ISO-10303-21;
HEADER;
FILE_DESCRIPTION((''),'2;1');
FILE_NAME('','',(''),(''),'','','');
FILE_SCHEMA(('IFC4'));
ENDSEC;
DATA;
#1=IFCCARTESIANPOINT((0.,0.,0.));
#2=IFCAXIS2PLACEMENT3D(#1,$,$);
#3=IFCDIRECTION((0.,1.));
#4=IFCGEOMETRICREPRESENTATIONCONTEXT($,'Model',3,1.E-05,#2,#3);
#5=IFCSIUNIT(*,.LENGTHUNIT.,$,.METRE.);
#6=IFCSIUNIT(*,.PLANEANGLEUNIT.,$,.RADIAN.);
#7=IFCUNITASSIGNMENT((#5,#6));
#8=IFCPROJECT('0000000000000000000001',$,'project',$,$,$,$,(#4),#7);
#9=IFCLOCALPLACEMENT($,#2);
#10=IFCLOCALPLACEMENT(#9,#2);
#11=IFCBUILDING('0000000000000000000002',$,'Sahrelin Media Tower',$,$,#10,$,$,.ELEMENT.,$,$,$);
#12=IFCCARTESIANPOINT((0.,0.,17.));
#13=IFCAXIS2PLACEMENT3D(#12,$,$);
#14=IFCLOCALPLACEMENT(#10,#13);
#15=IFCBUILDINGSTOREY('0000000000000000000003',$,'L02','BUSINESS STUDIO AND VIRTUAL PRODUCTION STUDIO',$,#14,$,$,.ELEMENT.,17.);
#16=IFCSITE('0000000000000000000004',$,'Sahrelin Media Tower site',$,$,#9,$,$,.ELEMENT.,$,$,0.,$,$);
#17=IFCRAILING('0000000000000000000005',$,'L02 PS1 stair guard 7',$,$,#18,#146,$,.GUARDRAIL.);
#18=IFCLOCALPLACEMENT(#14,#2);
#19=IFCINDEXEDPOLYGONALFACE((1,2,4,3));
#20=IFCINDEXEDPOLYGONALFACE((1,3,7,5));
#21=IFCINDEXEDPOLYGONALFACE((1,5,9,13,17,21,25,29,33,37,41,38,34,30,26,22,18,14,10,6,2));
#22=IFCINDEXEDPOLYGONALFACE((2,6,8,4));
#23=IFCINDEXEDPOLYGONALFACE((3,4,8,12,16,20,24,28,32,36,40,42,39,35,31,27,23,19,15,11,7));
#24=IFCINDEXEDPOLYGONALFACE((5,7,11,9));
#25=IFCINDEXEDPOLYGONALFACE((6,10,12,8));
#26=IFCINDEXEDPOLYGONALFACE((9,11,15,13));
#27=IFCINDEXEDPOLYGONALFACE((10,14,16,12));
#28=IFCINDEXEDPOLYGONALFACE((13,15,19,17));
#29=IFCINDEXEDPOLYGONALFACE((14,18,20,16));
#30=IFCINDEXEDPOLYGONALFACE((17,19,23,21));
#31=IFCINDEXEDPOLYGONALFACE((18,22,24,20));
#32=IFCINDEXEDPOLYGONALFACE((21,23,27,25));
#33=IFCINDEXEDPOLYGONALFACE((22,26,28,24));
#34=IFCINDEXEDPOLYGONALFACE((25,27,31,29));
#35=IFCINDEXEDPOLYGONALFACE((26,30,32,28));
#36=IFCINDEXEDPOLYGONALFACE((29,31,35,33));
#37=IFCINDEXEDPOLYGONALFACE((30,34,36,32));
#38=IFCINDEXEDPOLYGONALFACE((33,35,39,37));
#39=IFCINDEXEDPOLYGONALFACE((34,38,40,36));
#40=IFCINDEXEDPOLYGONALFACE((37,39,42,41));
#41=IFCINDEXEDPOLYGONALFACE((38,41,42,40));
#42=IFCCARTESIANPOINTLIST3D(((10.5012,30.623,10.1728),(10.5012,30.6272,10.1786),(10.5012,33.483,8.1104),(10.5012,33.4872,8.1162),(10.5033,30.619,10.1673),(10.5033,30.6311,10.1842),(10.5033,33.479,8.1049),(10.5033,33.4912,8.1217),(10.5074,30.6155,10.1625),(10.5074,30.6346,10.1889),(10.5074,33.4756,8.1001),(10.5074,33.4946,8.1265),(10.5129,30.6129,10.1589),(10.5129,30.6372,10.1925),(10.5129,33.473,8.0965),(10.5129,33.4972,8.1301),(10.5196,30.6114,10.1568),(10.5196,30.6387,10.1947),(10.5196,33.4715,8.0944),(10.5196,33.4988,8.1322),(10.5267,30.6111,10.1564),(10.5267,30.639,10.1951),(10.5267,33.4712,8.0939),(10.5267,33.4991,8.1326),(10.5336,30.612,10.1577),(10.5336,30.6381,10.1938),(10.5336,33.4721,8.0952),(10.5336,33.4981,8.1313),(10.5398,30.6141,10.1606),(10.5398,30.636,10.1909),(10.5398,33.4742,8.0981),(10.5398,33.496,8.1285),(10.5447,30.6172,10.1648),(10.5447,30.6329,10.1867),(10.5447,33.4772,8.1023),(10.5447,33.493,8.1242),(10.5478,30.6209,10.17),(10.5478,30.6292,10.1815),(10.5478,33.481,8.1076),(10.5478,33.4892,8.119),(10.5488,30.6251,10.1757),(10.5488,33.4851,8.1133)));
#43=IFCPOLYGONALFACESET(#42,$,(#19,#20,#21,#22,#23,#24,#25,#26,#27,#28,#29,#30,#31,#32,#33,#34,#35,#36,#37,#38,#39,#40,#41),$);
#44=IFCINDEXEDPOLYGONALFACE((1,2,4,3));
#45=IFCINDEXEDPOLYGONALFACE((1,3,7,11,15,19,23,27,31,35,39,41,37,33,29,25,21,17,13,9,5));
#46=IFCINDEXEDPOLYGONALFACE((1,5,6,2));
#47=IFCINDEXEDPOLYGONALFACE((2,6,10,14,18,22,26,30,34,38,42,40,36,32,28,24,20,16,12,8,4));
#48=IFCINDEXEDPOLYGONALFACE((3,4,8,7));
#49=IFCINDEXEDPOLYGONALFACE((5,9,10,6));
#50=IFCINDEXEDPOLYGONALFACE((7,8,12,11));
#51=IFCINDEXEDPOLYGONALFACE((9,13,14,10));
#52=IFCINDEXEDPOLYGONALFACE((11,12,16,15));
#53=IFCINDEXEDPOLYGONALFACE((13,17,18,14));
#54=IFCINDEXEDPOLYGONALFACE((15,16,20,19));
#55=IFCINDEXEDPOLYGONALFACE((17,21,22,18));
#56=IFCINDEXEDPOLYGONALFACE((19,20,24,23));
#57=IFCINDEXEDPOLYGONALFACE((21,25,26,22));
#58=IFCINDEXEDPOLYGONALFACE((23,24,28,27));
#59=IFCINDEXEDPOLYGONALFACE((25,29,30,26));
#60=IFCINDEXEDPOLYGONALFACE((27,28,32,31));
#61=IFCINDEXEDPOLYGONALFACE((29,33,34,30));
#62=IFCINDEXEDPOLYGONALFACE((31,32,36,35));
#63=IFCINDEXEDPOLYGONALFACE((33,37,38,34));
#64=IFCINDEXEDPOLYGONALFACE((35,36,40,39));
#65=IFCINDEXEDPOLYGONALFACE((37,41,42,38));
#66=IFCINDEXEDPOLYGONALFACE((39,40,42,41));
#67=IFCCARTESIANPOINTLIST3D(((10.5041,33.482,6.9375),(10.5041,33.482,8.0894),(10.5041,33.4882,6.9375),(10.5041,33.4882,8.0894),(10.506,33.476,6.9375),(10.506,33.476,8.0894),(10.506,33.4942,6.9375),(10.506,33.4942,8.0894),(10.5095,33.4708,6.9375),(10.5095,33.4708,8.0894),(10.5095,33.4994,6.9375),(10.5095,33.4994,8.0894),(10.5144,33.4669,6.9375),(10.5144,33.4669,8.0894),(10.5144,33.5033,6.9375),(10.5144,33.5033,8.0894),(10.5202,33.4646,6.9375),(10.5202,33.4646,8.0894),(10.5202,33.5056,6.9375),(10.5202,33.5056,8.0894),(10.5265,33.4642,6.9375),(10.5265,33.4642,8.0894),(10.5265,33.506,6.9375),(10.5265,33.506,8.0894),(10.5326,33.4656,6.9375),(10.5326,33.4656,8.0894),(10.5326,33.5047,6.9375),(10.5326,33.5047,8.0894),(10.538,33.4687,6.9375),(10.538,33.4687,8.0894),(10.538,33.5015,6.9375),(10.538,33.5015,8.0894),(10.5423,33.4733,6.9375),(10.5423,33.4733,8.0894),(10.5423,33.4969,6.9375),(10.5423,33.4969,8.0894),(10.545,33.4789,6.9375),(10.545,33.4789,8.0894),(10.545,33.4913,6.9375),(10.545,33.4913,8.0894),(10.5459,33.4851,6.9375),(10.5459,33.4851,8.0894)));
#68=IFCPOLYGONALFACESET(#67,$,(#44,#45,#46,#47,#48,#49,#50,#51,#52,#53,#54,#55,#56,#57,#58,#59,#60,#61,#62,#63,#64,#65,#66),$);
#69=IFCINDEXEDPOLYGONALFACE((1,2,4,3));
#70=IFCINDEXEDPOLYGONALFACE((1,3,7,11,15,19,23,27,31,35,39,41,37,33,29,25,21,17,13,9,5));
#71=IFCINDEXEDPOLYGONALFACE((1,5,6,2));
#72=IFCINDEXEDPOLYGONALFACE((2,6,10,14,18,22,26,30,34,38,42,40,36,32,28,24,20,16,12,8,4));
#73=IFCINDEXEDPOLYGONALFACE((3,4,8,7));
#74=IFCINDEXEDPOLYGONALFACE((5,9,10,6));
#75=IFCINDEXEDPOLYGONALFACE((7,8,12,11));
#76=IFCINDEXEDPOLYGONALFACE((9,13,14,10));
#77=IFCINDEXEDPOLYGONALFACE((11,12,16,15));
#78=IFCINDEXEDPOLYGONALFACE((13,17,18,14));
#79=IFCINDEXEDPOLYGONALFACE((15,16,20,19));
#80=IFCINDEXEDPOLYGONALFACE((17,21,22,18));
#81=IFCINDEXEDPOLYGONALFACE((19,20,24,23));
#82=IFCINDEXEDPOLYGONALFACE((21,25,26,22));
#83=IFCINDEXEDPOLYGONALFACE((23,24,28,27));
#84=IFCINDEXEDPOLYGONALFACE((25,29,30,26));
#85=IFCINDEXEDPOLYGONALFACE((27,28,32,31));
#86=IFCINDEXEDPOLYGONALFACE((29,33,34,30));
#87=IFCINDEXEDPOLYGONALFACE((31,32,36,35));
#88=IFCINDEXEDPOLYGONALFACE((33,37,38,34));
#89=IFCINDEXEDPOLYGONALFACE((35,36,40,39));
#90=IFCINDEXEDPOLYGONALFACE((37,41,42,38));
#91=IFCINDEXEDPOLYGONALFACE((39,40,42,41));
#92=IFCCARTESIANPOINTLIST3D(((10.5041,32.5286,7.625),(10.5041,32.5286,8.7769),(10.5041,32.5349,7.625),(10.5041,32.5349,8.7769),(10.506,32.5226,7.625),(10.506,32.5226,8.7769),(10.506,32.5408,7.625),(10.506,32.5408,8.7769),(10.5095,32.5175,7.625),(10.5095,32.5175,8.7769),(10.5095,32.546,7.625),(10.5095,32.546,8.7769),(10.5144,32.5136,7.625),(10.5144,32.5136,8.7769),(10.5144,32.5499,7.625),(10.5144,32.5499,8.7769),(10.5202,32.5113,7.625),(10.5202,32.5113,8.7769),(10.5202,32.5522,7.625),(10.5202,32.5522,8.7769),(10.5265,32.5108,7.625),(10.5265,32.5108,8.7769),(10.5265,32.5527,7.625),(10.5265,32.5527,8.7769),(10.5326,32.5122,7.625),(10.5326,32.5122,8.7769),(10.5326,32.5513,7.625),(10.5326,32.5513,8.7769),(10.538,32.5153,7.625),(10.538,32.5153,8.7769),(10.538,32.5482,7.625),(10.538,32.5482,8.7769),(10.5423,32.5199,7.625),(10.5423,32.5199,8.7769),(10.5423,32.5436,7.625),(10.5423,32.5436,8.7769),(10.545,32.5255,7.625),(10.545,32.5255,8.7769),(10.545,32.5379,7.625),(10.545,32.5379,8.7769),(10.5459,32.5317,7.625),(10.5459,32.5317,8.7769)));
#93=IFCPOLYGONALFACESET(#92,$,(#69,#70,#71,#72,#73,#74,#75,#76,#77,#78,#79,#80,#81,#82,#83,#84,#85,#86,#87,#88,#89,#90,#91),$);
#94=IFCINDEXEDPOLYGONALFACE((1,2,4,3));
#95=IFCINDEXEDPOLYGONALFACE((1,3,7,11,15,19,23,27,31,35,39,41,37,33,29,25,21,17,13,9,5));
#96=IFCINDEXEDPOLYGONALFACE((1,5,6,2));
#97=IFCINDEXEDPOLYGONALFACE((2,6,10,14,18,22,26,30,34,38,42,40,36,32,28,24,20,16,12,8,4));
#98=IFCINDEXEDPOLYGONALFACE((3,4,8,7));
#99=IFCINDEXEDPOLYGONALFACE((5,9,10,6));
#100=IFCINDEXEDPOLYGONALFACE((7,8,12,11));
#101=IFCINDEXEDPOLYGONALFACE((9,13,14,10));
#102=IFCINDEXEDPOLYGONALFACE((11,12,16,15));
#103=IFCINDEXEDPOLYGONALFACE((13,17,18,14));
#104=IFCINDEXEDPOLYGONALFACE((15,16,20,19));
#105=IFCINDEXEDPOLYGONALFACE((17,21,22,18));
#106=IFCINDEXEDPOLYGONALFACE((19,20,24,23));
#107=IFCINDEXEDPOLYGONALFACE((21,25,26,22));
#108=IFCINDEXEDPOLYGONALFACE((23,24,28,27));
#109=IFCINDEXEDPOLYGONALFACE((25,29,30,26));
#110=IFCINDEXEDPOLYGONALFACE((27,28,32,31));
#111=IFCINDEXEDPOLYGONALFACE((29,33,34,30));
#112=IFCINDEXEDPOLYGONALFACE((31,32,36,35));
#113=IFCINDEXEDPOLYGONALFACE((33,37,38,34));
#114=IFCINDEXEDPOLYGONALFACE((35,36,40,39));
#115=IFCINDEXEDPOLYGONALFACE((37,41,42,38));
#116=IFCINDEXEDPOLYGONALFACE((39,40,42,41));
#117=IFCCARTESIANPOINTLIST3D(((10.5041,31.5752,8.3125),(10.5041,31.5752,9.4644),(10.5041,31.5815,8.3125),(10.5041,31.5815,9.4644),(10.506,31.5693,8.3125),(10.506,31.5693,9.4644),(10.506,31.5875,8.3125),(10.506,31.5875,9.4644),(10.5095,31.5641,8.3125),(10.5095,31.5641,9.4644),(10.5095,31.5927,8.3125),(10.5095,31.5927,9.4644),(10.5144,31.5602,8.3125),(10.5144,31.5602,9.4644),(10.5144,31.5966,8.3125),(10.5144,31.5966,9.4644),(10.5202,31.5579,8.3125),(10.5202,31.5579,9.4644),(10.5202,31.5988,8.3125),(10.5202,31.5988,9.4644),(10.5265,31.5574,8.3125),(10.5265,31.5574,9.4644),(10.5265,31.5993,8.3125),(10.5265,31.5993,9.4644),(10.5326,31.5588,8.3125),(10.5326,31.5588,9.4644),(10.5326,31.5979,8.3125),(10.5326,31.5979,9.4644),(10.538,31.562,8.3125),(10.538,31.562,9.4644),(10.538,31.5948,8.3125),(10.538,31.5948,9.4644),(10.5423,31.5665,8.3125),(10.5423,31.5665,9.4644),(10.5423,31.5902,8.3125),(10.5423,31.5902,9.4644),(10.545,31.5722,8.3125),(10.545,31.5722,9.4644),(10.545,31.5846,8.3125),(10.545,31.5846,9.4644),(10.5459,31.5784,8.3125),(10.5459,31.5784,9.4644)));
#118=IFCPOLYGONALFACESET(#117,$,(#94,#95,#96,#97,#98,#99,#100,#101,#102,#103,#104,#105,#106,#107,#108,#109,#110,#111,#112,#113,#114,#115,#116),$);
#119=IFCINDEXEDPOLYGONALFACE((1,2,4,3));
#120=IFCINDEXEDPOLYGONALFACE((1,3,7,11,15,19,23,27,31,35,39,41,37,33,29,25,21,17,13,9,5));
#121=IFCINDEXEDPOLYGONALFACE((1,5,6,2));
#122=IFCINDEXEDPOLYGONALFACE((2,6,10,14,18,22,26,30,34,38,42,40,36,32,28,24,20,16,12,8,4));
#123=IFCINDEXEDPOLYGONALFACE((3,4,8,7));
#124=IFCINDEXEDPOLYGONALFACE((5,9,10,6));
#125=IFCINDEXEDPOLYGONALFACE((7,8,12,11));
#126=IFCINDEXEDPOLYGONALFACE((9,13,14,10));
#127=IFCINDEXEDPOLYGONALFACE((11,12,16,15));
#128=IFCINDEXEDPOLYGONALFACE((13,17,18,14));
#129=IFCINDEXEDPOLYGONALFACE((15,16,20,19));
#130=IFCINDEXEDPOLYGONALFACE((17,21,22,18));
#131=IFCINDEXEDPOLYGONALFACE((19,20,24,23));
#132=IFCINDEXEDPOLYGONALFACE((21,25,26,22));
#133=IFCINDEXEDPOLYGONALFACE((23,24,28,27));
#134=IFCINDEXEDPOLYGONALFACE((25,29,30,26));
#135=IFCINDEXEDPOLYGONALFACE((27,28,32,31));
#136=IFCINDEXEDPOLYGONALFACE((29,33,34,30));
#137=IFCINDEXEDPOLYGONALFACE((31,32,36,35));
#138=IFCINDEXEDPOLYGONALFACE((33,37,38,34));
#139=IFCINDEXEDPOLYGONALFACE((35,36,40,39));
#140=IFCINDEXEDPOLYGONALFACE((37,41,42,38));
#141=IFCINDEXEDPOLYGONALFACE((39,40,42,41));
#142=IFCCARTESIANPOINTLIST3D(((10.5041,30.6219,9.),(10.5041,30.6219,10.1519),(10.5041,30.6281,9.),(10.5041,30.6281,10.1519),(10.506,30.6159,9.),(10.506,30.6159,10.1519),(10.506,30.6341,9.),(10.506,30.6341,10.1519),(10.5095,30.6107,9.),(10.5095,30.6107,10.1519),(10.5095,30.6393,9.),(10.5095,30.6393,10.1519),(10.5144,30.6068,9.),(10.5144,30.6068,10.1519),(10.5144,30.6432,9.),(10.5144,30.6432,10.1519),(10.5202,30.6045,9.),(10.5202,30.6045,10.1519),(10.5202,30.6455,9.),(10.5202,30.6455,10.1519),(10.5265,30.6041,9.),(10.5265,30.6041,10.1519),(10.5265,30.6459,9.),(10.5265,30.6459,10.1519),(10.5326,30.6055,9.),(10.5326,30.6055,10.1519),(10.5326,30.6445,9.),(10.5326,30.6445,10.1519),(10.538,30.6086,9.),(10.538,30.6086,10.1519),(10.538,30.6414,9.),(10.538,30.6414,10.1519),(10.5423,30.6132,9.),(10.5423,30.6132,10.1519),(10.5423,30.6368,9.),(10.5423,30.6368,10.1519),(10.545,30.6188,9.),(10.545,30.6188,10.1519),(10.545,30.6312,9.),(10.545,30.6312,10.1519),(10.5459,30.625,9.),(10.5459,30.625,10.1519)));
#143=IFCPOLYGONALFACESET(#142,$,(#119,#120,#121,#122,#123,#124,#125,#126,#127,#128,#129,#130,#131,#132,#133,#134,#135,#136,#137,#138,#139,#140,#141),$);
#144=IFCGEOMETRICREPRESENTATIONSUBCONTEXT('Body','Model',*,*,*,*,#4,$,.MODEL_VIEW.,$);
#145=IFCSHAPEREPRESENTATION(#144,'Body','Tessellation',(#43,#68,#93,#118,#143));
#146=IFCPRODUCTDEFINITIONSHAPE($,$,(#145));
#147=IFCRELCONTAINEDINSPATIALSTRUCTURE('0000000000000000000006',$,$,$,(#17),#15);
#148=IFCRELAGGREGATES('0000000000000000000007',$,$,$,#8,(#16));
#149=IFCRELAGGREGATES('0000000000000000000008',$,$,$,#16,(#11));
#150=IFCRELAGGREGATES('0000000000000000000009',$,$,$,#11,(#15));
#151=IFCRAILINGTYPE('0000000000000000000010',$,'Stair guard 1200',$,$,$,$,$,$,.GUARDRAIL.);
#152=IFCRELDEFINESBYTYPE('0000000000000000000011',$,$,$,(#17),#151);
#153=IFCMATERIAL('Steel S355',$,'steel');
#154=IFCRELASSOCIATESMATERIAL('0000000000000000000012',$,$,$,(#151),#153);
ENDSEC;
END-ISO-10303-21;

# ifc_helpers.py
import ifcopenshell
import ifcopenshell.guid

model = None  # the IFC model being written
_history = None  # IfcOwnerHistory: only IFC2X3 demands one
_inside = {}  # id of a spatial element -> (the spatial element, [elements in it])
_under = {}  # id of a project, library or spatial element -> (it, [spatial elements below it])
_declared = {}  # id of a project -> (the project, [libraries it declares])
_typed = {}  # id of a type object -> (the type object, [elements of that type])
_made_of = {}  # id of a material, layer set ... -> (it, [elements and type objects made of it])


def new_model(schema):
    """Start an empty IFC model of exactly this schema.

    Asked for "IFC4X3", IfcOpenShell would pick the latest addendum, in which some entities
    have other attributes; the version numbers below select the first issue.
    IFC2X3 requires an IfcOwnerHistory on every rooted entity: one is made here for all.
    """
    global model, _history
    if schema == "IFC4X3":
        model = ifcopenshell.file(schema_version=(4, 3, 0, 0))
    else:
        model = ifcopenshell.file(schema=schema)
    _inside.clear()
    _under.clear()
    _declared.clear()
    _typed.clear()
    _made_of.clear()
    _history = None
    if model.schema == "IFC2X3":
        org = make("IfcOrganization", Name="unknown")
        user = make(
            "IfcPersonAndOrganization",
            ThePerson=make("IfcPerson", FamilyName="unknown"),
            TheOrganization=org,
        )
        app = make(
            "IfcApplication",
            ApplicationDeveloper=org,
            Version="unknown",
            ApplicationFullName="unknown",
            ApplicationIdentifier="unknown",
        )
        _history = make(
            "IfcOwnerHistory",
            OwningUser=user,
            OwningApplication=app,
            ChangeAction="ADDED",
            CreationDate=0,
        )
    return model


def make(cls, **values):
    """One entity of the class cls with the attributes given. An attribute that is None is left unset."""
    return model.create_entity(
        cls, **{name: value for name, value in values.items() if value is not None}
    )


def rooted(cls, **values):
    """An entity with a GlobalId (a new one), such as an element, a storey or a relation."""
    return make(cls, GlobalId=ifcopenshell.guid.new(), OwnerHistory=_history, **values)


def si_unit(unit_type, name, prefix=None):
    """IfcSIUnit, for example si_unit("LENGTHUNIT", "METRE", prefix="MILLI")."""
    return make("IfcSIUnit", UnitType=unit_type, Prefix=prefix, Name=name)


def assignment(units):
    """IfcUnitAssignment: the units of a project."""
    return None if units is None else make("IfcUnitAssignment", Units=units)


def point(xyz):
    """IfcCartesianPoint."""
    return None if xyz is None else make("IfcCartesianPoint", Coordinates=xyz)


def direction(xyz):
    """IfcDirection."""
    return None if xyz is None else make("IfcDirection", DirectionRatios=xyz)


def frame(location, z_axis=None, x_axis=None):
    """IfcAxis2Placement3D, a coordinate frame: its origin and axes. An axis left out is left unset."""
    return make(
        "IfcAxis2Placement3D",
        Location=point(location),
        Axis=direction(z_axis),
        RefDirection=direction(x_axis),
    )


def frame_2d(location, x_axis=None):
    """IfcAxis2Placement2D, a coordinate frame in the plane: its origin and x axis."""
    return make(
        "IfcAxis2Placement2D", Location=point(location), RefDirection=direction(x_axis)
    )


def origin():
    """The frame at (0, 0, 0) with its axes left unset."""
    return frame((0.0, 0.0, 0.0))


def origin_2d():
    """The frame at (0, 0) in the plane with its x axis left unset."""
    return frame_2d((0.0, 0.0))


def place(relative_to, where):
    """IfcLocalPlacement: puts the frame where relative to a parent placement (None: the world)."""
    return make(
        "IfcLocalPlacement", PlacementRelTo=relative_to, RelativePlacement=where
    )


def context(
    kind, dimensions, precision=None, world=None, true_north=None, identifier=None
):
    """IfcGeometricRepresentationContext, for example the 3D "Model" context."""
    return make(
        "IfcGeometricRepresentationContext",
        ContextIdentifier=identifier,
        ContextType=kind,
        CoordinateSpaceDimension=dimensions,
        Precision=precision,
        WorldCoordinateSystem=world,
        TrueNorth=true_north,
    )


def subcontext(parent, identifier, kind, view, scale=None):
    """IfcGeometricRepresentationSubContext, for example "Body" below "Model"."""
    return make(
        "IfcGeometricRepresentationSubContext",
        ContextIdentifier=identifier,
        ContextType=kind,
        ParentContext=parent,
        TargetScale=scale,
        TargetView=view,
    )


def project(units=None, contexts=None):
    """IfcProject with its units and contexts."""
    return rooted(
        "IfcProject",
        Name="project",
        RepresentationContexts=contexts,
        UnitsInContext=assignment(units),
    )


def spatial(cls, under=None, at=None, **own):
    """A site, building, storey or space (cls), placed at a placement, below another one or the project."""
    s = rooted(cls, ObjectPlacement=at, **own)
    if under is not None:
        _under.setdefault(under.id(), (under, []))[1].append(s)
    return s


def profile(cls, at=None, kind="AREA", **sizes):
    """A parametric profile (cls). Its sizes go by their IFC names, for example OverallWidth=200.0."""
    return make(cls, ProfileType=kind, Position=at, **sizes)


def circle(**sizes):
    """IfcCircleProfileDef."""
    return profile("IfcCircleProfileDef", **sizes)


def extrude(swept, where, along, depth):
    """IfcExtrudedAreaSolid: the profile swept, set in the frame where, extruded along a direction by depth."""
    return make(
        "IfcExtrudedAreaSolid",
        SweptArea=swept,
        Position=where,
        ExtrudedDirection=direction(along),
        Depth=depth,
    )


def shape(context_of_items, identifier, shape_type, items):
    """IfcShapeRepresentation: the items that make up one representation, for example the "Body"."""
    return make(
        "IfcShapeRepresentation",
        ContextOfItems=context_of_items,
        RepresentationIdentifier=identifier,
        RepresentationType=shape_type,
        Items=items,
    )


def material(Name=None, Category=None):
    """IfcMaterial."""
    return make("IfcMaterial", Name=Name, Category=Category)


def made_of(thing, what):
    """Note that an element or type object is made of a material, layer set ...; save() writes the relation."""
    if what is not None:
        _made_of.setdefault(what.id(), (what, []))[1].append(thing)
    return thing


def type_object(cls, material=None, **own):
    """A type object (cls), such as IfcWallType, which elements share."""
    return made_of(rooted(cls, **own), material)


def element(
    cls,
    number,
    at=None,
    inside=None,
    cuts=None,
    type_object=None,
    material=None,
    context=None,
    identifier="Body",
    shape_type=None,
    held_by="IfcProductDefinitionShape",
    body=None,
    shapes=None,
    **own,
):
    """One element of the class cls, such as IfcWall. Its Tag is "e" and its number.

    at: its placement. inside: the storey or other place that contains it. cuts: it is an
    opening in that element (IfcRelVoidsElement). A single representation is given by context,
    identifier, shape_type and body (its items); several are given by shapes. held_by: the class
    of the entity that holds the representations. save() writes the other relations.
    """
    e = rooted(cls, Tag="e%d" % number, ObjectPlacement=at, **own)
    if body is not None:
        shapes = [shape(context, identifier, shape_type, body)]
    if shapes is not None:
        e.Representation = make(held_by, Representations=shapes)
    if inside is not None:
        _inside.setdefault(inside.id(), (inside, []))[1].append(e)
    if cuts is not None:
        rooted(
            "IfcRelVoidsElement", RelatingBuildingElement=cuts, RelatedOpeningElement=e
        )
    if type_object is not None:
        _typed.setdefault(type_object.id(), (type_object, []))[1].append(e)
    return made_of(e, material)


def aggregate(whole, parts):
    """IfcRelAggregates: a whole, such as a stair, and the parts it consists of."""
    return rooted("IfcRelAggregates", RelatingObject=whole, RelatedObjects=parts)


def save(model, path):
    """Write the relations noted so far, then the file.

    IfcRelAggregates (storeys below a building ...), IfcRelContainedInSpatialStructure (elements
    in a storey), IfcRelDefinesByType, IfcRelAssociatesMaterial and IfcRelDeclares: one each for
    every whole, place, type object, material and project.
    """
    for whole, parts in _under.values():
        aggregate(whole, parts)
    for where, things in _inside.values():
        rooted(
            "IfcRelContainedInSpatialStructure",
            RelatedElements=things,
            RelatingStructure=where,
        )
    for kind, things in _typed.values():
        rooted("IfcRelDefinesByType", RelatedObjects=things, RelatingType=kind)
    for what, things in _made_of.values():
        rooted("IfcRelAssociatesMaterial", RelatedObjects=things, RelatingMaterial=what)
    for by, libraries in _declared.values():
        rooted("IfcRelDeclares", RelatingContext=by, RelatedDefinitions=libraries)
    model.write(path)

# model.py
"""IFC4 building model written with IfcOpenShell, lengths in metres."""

from ifc_helpers import new_model, si_unit, direction, frame, origin, origin_2d, place, context, subcontext, project, spatial, circle, extrude, material, type_object, element, save


model = new_model("IFC4")

# Units and contexts
model_context = context("Model", 3, precision=1e-05, world=origin(), true_north=direction((0.0, 1.0)))
body_context = subcontext(model_context, "Body", "Model", "MODEL_VIEW")
ifc_project = project(units=[si_unit("LENGTHUNIT", "METRE"), si_unit("PLANEANGLEUNIT", "RADIAN")], contexts=[model_context])

# Site, building, storey
site_placement = place(None, origin())
site = spatial("IfcSite", under=ifc_project, at=site_placement, Name="Sahrelin Media Tower site", CompositionType="ELEMENT", RefElevation=0.0)
building_placement = place(site_placement, origin())
building = spatial("IfcBuilding", under=site, at=building_placement, Name="Sahrelin Media Tower", CompositionType="ELEMENT")
storey_placement = place(building_placement, frame((0.0, 0.0, 17.0)))
storey = spatial("IfcBuildingStorey", under=building, at=storey_placement, Name="L02", Description="BUSINESS STUDIO AND VIRTUAL PRODUCTION STUDIO", CompositionType="ELEMENT", Elevation=17.0)

# Shared definitions
ifc_material_1 = material(Name="Steel S355", Category="steel")

# Railing
railing_type = type_object("IfcRailingType", Name="Stair guard 1200", PredefinedType="GUARDRAIL", material=ifc_material_1)
railing_1_placement = place(storey_placement, frame((10.5249, 33.4851, 6.9375)))
element("IfcRailing", 1, at=railing_1_placement, inside=storey, type_object=railing_type, Name="L02 PS1 stair guard 7", PredefinedType="GUARDRAIL", context=body_context, shape_type="SweptSolid", body=[
    extrude(circle(Radius=0.0239, at=origin_2d()), frame((0.0, 0.0, 1.1758), z_axis=(0.0, -0.811101, 0.584906), x_axis=(1.0, 0.0, 0.0)), (0.0, 0.0, 1.0), 3.5261),
    extrude(circle(Radius=0.021, at=origin_2d()), origin(), (0.0, 0.0, 1.0), 1.1519),
    extrude(circle(Radius=0.021, at=origin_2d()), frame((0.0, -0.9534, 0.6875)), (0.0, 0.0, 1.0), 1.1519),
    extrude(circle(Radius=0.021, at=origin_2d()), frame((0.0, -1.9067, 1.375)), (0.0, 0.0, 1.0), 1.1519),
    extrude(circle(Radius=0.021, at=origin_2d()), frame((0.0, -2.8601, 2.0625)), (0.0, 0.0, 1.0), 1.1519),
])

save(model, "model.ifc")
